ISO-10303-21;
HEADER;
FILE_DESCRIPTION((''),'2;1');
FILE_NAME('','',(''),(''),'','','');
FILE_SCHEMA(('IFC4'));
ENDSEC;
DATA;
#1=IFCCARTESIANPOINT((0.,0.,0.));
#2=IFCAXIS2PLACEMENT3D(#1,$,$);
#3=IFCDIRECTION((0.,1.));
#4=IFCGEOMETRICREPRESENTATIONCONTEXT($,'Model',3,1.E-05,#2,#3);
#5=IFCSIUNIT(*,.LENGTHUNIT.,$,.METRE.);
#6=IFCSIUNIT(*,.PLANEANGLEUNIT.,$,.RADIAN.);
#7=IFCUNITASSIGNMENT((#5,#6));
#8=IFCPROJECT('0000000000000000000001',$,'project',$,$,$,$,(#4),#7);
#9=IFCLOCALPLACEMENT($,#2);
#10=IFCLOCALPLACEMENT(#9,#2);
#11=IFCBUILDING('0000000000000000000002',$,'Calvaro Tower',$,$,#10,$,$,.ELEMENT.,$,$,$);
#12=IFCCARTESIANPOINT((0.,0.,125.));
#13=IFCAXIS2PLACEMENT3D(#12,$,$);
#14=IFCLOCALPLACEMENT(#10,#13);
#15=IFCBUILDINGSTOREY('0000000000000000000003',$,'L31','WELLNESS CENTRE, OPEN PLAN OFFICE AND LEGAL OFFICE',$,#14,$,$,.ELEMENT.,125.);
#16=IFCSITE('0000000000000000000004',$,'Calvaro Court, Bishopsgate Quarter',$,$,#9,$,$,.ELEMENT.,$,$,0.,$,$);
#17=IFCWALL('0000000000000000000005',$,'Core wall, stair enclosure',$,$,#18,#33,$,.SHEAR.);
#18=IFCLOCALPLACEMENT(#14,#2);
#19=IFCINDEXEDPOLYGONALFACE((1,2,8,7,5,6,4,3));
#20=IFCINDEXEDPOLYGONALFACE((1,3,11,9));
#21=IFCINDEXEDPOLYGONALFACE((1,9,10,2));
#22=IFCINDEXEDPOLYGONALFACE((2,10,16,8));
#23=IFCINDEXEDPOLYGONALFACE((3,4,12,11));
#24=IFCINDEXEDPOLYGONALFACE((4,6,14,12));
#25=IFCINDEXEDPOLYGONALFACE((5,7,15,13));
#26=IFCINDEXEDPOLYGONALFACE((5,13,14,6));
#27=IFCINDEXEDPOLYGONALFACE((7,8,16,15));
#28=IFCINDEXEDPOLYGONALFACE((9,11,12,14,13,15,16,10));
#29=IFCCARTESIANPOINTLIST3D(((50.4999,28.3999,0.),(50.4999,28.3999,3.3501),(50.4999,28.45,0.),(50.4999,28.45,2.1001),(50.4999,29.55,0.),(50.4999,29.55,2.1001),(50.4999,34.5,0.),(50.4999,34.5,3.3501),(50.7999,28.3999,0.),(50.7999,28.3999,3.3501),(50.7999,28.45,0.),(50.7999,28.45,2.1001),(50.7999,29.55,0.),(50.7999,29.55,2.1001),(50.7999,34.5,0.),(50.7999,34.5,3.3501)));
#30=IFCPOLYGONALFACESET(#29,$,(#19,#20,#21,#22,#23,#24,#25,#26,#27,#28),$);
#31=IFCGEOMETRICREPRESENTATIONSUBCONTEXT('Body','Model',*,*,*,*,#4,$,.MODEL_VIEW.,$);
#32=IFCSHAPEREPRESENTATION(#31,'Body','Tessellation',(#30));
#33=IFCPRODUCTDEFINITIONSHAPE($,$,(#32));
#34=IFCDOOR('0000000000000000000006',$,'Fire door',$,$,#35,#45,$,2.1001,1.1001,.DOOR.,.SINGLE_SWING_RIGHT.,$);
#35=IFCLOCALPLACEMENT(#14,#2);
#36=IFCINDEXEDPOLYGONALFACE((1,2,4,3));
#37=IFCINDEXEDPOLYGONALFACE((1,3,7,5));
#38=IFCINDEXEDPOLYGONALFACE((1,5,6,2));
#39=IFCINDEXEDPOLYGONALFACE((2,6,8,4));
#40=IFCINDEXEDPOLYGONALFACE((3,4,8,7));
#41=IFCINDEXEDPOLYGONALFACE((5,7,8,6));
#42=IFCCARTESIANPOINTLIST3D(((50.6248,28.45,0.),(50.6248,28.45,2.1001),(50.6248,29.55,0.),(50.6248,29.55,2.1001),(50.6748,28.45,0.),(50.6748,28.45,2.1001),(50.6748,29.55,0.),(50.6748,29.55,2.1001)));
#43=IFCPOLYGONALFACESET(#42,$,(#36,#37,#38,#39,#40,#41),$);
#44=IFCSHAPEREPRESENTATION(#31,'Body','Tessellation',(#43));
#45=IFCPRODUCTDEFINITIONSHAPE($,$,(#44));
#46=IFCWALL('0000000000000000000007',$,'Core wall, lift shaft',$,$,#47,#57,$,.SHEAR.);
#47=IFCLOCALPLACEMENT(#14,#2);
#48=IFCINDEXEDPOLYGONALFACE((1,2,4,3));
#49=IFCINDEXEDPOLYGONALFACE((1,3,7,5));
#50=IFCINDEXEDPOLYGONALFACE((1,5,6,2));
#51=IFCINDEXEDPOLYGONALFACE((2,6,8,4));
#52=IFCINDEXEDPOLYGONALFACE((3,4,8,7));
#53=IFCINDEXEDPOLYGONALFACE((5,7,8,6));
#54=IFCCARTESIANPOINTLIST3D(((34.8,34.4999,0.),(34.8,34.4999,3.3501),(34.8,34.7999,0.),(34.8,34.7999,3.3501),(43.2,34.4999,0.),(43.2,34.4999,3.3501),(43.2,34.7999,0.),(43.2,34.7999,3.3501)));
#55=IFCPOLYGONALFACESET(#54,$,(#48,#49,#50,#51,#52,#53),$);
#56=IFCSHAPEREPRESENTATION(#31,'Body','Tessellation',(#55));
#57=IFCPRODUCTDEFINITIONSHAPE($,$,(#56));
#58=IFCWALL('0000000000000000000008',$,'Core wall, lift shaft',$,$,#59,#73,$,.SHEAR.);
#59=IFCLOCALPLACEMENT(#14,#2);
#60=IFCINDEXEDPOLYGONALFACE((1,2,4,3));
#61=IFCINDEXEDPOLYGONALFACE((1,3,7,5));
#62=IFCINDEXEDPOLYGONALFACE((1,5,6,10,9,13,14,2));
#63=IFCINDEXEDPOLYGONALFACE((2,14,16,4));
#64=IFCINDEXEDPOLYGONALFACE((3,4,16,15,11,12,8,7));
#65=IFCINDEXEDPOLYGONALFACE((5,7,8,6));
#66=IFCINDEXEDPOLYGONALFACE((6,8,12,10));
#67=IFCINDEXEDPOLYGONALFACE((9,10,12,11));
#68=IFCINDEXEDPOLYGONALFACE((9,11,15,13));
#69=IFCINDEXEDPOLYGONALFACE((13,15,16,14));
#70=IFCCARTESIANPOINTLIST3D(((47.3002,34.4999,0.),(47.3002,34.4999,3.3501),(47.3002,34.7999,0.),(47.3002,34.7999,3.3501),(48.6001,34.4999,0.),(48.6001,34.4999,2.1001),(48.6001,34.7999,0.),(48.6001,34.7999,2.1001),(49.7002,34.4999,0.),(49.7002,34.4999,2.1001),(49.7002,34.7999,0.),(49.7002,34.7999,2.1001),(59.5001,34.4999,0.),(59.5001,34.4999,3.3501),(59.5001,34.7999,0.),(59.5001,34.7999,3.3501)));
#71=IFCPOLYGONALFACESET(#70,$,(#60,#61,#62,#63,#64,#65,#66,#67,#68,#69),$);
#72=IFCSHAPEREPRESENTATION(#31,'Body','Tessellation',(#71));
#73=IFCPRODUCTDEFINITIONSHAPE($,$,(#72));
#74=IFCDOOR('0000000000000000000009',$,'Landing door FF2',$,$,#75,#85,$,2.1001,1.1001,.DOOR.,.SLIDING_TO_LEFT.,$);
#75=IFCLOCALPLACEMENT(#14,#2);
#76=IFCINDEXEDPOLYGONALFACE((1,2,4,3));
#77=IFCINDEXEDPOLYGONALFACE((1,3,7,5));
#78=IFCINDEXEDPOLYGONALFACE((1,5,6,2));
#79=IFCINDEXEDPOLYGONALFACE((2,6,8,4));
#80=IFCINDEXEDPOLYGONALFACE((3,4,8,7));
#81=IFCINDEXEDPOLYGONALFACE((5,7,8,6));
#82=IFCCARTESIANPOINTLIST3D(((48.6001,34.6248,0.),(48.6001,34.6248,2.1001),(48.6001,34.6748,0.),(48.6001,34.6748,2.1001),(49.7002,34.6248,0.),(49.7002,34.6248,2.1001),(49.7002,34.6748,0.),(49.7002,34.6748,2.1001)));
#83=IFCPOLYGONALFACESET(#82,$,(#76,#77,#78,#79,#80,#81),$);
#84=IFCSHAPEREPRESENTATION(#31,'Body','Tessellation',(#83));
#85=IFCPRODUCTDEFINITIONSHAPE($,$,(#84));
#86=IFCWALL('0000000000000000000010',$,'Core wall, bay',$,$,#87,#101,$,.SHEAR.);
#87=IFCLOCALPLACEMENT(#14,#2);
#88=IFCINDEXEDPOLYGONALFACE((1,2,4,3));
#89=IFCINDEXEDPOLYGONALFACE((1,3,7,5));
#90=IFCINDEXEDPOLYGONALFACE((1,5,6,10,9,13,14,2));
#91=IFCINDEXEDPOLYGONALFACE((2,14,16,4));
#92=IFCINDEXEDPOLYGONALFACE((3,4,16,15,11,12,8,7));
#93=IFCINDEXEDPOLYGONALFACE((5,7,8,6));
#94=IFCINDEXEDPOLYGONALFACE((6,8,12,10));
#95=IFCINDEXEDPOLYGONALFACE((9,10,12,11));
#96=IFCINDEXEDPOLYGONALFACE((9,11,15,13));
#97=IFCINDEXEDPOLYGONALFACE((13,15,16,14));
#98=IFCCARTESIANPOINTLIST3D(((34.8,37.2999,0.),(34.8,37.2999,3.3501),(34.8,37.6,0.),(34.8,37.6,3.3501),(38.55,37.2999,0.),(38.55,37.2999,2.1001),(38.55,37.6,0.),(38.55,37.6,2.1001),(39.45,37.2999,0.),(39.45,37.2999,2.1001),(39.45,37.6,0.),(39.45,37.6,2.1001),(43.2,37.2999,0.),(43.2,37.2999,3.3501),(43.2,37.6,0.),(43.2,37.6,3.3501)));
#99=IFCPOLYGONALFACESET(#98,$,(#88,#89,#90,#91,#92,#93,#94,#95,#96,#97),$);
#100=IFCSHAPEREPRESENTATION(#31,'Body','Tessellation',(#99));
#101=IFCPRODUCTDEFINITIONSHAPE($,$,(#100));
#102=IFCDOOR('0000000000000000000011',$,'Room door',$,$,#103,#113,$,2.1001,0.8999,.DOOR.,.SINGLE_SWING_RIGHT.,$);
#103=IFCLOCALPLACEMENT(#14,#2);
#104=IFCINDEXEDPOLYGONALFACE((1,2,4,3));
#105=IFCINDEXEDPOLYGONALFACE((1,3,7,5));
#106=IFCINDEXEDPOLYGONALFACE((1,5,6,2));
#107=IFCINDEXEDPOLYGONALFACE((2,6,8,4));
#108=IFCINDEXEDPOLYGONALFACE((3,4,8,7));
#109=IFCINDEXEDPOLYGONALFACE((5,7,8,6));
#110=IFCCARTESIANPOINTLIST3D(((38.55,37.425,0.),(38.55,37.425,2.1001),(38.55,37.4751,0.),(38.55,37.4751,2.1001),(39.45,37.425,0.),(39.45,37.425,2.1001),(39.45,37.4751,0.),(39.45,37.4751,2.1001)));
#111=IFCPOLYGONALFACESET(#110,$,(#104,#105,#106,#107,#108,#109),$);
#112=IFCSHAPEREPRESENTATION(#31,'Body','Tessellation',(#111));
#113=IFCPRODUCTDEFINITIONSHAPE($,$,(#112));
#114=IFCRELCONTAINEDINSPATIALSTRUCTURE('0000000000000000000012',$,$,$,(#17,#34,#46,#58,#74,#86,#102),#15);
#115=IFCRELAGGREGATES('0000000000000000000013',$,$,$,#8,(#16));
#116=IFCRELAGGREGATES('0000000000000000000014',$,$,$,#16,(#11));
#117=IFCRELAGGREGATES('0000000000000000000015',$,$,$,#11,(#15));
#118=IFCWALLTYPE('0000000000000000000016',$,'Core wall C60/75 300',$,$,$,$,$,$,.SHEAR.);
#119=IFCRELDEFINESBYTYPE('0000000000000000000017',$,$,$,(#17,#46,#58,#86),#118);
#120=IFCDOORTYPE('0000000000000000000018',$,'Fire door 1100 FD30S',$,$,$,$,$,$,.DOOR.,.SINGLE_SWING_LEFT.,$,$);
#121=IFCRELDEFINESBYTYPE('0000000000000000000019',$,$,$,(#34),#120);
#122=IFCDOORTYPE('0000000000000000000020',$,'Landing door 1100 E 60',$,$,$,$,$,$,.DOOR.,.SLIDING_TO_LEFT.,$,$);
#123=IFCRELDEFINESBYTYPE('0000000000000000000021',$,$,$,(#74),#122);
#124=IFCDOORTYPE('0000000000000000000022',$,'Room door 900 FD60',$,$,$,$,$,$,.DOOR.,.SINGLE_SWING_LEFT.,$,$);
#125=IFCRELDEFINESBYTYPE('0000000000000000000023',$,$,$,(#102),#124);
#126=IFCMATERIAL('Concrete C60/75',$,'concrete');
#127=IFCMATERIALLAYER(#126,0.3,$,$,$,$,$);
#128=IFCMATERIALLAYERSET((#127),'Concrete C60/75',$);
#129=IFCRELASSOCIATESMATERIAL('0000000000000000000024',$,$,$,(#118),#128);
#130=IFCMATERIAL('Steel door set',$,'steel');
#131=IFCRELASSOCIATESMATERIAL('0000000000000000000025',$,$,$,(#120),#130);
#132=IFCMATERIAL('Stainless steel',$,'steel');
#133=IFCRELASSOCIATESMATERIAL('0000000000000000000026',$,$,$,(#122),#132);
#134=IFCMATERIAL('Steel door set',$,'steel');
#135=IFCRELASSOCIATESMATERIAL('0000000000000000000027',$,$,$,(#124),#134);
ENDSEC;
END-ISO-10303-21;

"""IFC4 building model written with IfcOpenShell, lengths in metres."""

from ifc_helpers import new_model, si_unit, direction, frame, frame_2d, origin, place, context, subcontext, project, spatial, rectangle, extrude, material, layer, layer_set, type_object, element, fill, save


model = new_model("IFC4")

# Units and contexts
model_context = context("Model", 3, precision=1e-05, world=origin(), true_north=direction((0.0, 1.0)))
body_context = subcontext(model_context, "Body", "Model", "MODEL_VIEW")
ifc_project = project(units=[si_unit("LENGTHUNIT", "METRE"), si_unit("PLANEANGLEUNIT", "RADIAN")], contexts=[model_context])

# Site, building, storey
site_placement = place(None, origin())
site = spatial("IfcSite", under=ifc_project, at=site_placement, Name="Calvaro Court, Bishopsgate Quarter", CompositionType="ELEMENT", RefElevation=0.0)
building_placement = place(site_placement, origin())
building = spatial("IfcBuilding", under=site, at=building_placement, Name="Calvaro Tower", CompositionType="ELEMENT")
storey_placement = place(building_placement, frame((0.0, 0.0, 125.0)))
storey = spatial("IfcBuildingStorey", under=building, at=storey_placement, Name="L31", Description="WELLNESS CENTRE, OPEN PLAN OFFICE AND LEGAL OFFICE", CompositionType="ELEMENT", Elevation=125.0)

# Wall, opening, door
ifc_material_1 = material(Name="Concrete C60/75", Category="concrete")
ifc_layer_1 = layer(ifc_material_1, 0.3)
ifc_layer_set_1 = layer_set([ifc_layer_1], Name="Concrete C60/75")
wall_type_1 = type_object("IfcWallType", Name="Core wall C60/75 300", PredefinedType="SHEAR", material=ifc_layer_set_1)
wall_1_placement = place(storey_placement, frame((50.6499, 34.5, 0.0), z_axis=(0.0, 0.0, 1.0), x_axis=(0.0, -1.0, 0.0)))
wall_1 = element("IfcWall", 1, at=wall_1_placement, inside=storey, type_object=wall_type_1, Name="Core wall, stair enclosure", PredefinedType="SHEAR", context=body_context, shape_type="SweptSolid", body=[
    extrude(rectangle(XDim=6.1001, YDim=0.3, at=frame_2d((3.05, 0.0))), origin(), (0.0, 0.0, 1.0), 3.3501),
])
opening_1_placement = place(wall_1_placement, frame((4.95, 0.0, 0.0)))
opening_1 = element("IfcOpeningElement", 2, at=opening_1_placement, cuts=wall_1, PredefinedType="OPENING", context=body_context, shape_type="SweptSolid", body=[
    extrude(rectangle(XDim=1.1001, YDim=2.1001, at=frame_2d((0.55, 1.05))), frame((0.0, 0.1599, 0.0), z_axis=(0.0, -1.0, 0.0), x_axis=(1.0, 0.0, 0.0)), (0.0, 0.0, 1.0), 0.3201),
])
ifc_material_2 = material(Name="Steel door set", Category="steel")
door_type_1 = type_object("IfcDoorType", Name="Fire door 1100 FD30S", OperationType="SINGLE_SWING_LEFT", PredefinedType="DOOR", material=ifc_material_2)
door_1_placement = place(opening_1_placement, origin())
door_1 = element("IfcDoor", 3, at=door_1_placement, inside=storey, type_object=door_type_1, Name="Fire door", OperationType="SINGLE_SWING_RIGHT", OverallHeight=2.1001, OverallWidth=1.1001, PredefinedType="DOOR", context=body_context, shape_type="SweptSolid", body=[
    extrude(rectangle(XDim=1.1001, YDim=2.1001, at=frame_2d((0.55, 1.05))), frame((0.0, 0.0249, 0.0), z_axis=(0.0, -1.0, 0.0), x_axis=(1.0, 0.0, 0.0)), (0.0, 0.0, 1.0), 0.05),
])
fill(opening_1, door_1)

# Wall
wall_2_placement = place(storey_placement, frame((34.8, 34.6499, 0.0), z_axis=(0.0, 0.0, 1.0), x_axis=(1.0, 0.0, 0.0)))
element("IfcWall", 4, at=wall_2_placement, inside=storey, type_object=wall_type_1, Name="Core wall, lift shaft", PredefinedType="SHEAR", context=body_context, shape_type="SweptSolid", body=[
    extrude(rectangle(XDim=8.3999, YDim=0.3, at=frame_2d((4.2, 0.0))), origin(), (0.0, 0.0, 1.0), 3.3501),
])

# Walls, openings, doors
wall_3_placement = place(storey_placement, frame((47.3, 34.6499, 0.0), z_axis=(0.0, 0.0, 1.0), x_axis=(1.0, 0.0, 0.0)))
wall_3 = element("IfcWall", 5, at=wall_3_placement, inside=storey, type_object=wall_type_1, Name="Core wall, lift shaft", PredefinedType="SHEAR", context=body_context, shape_type="SweptSolid", body=[
    extrude(rectangle(XDim=12.2, YDim=0.3, at=frame_2d((6.1001, 0.0))), origin(), (0.0, 0.0, 1.0), 3.3501),
])
opening_2_placement = place(wall_3_placement, frame((1.3, 0.0, 0.0)))
opening_2 = element("IfcOpeningElement", 6, at=opening_2_placement, cuts=wall_3, PredefinedType="OPENING", context=body_context, shape_type="SweptSolid", body=[
    extrude(rectangle(XDim=1.1001, YDim=2.1001, at=frame_2d((0.55, 1.05))), frame((0.0, 0.1599, 0.0), z_axis=(0.0, -1.0, 0.0), x_axis=(1.0, 0.0, 0.0)), (0.0, 0.0, 1.0), 0.3201),
])
ifc_material_3 = material(Name="Stainless steel", Category="steel")
door_type_2 = type_object("IfcDoorType", Name="Landing door 1100 E 60", OperationType="SLIDING_TO_LEFT", PredefinedType="DOOR", material=ifc_material_3)
door_2_placement = place(opening_2_placement, origin())
door_2 = element("IfcDoor", 7, at=door_2_placement, inside=storey, type_object=door_type_2, Name="Landing door FF2", OperationType="SLIDING_TO_LEFT", OverallHeight=2.1001, OverallWidth=1.1001, PredefinedType="DOOR", context=body_context, shape_type="SweptSolid", body=[
    extrude(rectangle(XDim=1.1001, YDim=2.1001, at=frame_2d((0.55, 1.05))), frame((0.0, 0.0249, 0.0), z_axis=(0.0, -1.0, 0.0), x_axis=(1.0, 0.0, 0.0)), (0.0, 0.0, 1.0), 0.05),
])
fill(opening_2, door_2)
wall_4_placement = place(storey_placement, frame((43.2, 37.45, 0.0), z_axis=(0.0, 0.0, 1.0), x_axis=(-1.0, 0.0, 0.0)))
wall_4 = element("IfcWall", 8, at=wall_4_placement, inside=storey, type_object=wall_type_1, Name="Core wall, bay", PredefinedType="SHEAR", context=body_context, shape_type="SweptSolid", body=[
    extrude(rectangle(XDim=8.3999, YDim=0.3, at=frame_2d((4.2, 0.0))), origin(), (0.0, 0.0, 1.0), 3.3501),
])
opening_3_placement = place(wall_4_placement, frame((3.75, 0.0, 0.0)))
opening_3 = element("IfcOpeningElement", 9, at=opening_3_placement, cuts=wall_4, PredefinedType="OPENING", context=body_context, shape_type="SweptSolid", body=[
    extrude(rectangle(XDim=0.8999, YDim=2.1001, at=frame_2d((0.45, 1.05))), frame((0.0, 0.1599, 0.0), z_axis=(0.0, -1.0, 0.0), x_axis=(1.0, 0.0, 0.0)), (0.0, 0.0, 1.0), 0.3201),
])
ifc_material_4 = material(Name="Steel door set", Category="steel")
door_type_3 = type_object("IfcDoorType", Name="Room door 900 FD60", OperationType="SINGLE_SWING_LEFT", PredefinedType="DOOR", material=ifc_material_4)
door_3_placement = place(opening_3_placement, origin())
door_3 = element("IfcDoor", 10, at=door_3_placement, inside=storey, type_object=door_type_3, Name="Room door", OperationType="SINGLE_SWING_RIGHT", OverallHeight=2.1001, OverallWidth=0.8999, PredefinedType="DOOR", context=body_context, shape_type="SweptSolid", body=[
    extrude(rectangle(XDim=0.8999, YDim=2.1001, at=frame_2d((0.45, 1.05))), frame((0.0, 0.0249, 0.0), z_axis=(0.0, -1.0, 0.0), x_axis=(1.0, 0.0, 0.0)), (0.0, 0.0, 1.0), 0.05),
])
fill(opening_3, door_3)

save(model, "model.ifc")
